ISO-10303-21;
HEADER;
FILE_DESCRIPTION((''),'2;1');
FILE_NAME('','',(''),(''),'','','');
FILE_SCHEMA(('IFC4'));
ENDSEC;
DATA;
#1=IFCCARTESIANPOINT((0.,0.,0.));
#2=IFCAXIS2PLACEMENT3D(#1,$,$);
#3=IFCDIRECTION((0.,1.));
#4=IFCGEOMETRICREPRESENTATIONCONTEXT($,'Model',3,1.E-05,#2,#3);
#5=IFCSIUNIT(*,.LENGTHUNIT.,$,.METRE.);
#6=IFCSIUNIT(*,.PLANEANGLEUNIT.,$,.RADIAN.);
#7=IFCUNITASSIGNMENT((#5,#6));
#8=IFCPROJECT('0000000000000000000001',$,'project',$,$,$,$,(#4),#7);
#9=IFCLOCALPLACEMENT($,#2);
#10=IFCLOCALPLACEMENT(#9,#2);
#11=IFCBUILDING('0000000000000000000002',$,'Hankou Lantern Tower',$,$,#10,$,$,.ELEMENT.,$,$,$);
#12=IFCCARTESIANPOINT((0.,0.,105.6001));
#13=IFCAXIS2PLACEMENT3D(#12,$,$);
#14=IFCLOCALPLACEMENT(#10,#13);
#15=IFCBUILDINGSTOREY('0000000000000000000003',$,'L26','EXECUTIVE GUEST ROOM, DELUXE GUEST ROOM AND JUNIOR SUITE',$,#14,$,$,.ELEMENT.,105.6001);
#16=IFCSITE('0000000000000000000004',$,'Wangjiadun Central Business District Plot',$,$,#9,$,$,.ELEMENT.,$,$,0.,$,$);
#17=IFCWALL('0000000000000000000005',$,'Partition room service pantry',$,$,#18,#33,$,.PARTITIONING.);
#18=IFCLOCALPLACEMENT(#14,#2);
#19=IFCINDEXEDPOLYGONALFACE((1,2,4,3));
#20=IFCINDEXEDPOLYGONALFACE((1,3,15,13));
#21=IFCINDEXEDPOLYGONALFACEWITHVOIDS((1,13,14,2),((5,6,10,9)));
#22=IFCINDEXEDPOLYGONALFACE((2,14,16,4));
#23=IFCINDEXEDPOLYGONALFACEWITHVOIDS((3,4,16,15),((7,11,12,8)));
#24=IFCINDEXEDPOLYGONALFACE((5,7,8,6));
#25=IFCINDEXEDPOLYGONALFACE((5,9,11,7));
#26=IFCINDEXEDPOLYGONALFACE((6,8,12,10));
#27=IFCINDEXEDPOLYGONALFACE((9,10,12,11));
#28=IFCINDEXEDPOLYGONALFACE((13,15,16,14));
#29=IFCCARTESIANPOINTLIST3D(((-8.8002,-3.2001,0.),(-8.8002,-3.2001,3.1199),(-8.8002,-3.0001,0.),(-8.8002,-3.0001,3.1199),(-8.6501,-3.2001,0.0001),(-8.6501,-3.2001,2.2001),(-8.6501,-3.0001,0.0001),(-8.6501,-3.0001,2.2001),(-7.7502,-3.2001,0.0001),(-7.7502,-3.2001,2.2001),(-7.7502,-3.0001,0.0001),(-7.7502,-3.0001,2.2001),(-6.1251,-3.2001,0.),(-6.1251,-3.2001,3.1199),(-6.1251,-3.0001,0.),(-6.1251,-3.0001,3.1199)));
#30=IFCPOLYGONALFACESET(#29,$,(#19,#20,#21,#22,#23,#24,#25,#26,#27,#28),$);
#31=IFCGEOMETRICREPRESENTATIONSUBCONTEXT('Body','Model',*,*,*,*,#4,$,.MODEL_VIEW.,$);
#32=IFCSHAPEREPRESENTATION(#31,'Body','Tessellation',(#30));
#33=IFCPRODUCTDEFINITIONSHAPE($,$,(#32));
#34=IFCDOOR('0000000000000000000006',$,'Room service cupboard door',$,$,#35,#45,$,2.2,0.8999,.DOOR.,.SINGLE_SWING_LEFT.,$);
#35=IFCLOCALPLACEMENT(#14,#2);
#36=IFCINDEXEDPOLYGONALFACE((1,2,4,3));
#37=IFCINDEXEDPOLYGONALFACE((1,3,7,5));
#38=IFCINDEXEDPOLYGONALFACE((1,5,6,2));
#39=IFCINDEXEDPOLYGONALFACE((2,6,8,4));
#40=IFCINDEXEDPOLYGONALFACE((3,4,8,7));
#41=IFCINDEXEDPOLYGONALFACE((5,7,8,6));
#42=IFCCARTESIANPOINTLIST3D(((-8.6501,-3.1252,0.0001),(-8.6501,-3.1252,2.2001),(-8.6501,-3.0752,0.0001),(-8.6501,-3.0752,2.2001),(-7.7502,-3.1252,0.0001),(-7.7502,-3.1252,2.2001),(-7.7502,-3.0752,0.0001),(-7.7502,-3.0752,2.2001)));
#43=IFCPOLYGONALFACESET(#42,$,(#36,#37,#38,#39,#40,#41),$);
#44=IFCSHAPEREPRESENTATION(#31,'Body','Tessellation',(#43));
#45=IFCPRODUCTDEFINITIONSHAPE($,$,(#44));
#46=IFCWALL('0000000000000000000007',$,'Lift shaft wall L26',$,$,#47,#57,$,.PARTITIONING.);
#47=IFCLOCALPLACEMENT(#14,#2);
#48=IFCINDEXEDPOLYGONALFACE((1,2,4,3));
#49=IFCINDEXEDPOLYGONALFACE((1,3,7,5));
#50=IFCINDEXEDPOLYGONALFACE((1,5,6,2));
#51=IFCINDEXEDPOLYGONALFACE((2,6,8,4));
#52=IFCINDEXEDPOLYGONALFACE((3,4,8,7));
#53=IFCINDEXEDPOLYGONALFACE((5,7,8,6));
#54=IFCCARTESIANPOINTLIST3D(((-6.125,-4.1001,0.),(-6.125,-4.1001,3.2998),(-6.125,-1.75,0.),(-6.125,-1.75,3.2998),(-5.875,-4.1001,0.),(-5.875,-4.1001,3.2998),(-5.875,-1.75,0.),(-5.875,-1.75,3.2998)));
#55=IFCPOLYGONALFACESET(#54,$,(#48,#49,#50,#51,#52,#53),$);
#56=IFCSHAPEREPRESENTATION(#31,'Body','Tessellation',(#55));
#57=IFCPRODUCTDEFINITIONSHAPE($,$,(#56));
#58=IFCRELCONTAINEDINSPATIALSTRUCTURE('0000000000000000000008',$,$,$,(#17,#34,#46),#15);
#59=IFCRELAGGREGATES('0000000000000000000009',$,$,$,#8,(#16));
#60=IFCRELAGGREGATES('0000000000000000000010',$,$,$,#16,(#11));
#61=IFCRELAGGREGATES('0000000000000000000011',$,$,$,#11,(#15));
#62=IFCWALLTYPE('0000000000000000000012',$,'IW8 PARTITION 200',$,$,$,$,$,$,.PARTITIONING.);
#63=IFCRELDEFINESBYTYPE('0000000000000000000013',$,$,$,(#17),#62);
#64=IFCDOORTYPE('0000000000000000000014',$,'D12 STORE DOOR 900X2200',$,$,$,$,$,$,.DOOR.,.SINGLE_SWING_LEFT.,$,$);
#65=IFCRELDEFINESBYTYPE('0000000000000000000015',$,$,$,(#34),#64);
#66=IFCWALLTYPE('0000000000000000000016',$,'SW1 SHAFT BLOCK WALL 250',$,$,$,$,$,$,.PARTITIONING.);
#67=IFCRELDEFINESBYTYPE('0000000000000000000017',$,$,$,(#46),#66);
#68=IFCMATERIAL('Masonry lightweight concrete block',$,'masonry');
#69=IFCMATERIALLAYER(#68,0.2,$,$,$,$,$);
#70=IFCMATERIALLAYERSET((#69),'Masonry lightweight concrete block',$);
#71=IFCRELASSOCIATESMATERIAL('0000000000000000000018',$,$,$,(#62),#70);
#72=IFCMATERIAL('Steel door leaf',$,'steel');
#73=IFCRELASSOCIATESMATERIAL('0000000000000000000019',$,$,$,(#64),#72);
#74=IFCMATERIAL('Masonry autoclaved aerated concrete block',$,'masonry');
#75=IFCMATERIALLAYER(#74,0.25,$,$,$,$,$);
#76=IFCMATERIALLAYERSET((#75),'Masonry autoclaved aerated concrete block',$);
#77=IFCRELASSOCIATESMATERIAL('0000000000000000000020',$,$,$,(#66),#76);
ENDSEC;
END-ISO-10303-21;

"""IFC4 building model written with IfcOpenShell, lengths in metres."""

from ifc_helpers import new_model, si_unit, direction, frame, frame_2d, origin, place, context, subcontext, project, spatial, rectangle, extrude, material, layer, layer_set, type_object, element, fill, save


model = new_model("IFC4")

# Units and contexts
model_context = context("Model", 3, precision=1e-05, world=origin(), true_north=direction((0.0, 1.0)))
body_context = subcontext(model_context, "Body", "Model", "MODEL_VIEW")
ifc_project = project(units=[si_unit("LENGTHUNIT", "METRE"), si_unit("PLANEANGLEUNIT", "RADIAN")], contexts=[model_context])

# Site, building, storey
site_placement = place(None, origin())
site = spatial("IfcSite", under=ifc_project, at=site_placement, Name="Wangjiadun Central Business District Plot", CompositionType="ELEMENT", RefElevation=0.0)
building_placement = place(site_placement, origin())
building = spatial("IfcBuilding", under=site, at=building_placement, Name="Hankou Lantern Tower", CompositionType="ELEMENT")
storey_placement = place(building_placement, frame((0.0, 0.0, 105.6001)))
storey = spatial("IfcBuildingStorey", under=building, at=storey_placement, Name="L26", Description="EXECUTIVE GUEST ROOM, DELUXE GUEST ROOM AND JUNIOR SUITE", CompositionType="ELEMENT", Elevation=105.6001)

# Wall, opening, door
ifc_material_1 = material(Name="Masonry lightweight concrete block", Category="masonry")
ifc_layer_1 = layer(ifc_material_1, 0.2)
ifc_layer_set_1 = layer_set([ifc_layer_1], Name="Masonry lightweight concrete block")
wall_type_1 = type_object("IfcWallType", Name="IW8 PARTITION 200", PredefinedType="PARTITIONING", material=ifc_layer_set_1)
wall_1_placement = place(storey_placement, frame((-8.8, -3.1001, 0.0), z_axis=(0.0, 0.0, 1.0), x_axis=(1.0, 0.0, 0.0)))
wall_1 = element("IfcWall", 1, at=wall_1_placement, inside=storey, type_object=wall_type_1, Name="Partition room service pantry", PredefinedType="PARTITIONING", context=body_context, shape_type="SweptSolid", body=[
    extrude(rectangle(XDim=2.675, YDim=0.2, at=frame_2d((1.3374, 0.0))), origin(), (0.0, 0.0, 1.0), 3.1199),
])
opening_1_placement = place(wall_1_placement, frame((0.1499, 0.0, 0.0)))
opening_1 = element("IfcOpeningElement", 2, at=opening_1_placement, cuts=wall_1, PredefinedType="OPENING", context=body_context, shape_type="SweptSolid", body=[
    extrude(rectangle(XDim=0.8999, YDim=2.2, at=frame_2d((0.45, 1.1001))), frame((0.0, 0.1099, 0.0), z_axis=(0.0, -1.0, 0.0), x_axis=(1.0, 0.0, 0.0)), (0.0, 0.0, 1.0), 0.22),
])
ifc_material_2 = material(Name="Steel door leaf", Category="steel")
door_type_1 = type_object("IfcDoorType", Name="D12 STORE DOOR 900X2200", OperationType="SINGLE_SWING_LEFT", PredefinedType="DOOR", material=ifc_material_2)
door_1_placement = place(opening_1_placement, origin())
door_1 = element("IfcDoor", 3, at=door_1_placement, inside=storey, type_object=door_type_1, Name="Room service cupboard door", OperationType="SINGLE_SWING_LEFT", OverallHeight=2.2, OverallWidth=0.8999, PredefinedType="DOOR", context=body_context, shape_type="SweptSolid", body=[
    extrude(rectangle(XDim=0.8999, YDim=2.2, at=frame_2d((0.45, 1.1001))), frame((0.0, 0.0249, 0.0), z_axis=(0.0, -1.0, 0.0), x_axis=(1.0, 0.0, 0.0)), (0.0, 0.0, 1.0), 0.05),
])
fill(opening_1, door_1)

# Wall
ifc_material_3 = material(Name="Masonry autoclaved aerated concrete block", Category="masonry")
ifc_layer_2 = layer(ifc_material_3, 0.25)
ifc_layer_set_2 = layer_set([ifc_layer_2], Name="Masonry autoclaved aerated concrete block")
wall_type_2 = type_object("IfcWallType", Name="SW1 SHAFT BLOCK WALL 250", PredefinedType="PARTITIONING", material=ifc_layer_set_2)
wall_2_placement = place(storey_placement, frame((-6.0, -4.1001, 0.0), z_axis=(0.0, 0.0, 1.0), x_axis=(0.0, 1.0, 0.0)))
element("IfcWall", 4, at=wall_2_placement, inside=storey, type_object=wall_type_2, Name="Lift shaft wall L26", PredefinedType="PARTITIONING", context=body_context, shape_type="SweptSolid", body=[
    extrude(rectangle(XDim=2.3501, YDim=0.25, at=frame_2d((1.175, 0.0))), origin(), (0.0, 0.0, 1.0), 3.2998),
])

save(model, "model.ifc")
